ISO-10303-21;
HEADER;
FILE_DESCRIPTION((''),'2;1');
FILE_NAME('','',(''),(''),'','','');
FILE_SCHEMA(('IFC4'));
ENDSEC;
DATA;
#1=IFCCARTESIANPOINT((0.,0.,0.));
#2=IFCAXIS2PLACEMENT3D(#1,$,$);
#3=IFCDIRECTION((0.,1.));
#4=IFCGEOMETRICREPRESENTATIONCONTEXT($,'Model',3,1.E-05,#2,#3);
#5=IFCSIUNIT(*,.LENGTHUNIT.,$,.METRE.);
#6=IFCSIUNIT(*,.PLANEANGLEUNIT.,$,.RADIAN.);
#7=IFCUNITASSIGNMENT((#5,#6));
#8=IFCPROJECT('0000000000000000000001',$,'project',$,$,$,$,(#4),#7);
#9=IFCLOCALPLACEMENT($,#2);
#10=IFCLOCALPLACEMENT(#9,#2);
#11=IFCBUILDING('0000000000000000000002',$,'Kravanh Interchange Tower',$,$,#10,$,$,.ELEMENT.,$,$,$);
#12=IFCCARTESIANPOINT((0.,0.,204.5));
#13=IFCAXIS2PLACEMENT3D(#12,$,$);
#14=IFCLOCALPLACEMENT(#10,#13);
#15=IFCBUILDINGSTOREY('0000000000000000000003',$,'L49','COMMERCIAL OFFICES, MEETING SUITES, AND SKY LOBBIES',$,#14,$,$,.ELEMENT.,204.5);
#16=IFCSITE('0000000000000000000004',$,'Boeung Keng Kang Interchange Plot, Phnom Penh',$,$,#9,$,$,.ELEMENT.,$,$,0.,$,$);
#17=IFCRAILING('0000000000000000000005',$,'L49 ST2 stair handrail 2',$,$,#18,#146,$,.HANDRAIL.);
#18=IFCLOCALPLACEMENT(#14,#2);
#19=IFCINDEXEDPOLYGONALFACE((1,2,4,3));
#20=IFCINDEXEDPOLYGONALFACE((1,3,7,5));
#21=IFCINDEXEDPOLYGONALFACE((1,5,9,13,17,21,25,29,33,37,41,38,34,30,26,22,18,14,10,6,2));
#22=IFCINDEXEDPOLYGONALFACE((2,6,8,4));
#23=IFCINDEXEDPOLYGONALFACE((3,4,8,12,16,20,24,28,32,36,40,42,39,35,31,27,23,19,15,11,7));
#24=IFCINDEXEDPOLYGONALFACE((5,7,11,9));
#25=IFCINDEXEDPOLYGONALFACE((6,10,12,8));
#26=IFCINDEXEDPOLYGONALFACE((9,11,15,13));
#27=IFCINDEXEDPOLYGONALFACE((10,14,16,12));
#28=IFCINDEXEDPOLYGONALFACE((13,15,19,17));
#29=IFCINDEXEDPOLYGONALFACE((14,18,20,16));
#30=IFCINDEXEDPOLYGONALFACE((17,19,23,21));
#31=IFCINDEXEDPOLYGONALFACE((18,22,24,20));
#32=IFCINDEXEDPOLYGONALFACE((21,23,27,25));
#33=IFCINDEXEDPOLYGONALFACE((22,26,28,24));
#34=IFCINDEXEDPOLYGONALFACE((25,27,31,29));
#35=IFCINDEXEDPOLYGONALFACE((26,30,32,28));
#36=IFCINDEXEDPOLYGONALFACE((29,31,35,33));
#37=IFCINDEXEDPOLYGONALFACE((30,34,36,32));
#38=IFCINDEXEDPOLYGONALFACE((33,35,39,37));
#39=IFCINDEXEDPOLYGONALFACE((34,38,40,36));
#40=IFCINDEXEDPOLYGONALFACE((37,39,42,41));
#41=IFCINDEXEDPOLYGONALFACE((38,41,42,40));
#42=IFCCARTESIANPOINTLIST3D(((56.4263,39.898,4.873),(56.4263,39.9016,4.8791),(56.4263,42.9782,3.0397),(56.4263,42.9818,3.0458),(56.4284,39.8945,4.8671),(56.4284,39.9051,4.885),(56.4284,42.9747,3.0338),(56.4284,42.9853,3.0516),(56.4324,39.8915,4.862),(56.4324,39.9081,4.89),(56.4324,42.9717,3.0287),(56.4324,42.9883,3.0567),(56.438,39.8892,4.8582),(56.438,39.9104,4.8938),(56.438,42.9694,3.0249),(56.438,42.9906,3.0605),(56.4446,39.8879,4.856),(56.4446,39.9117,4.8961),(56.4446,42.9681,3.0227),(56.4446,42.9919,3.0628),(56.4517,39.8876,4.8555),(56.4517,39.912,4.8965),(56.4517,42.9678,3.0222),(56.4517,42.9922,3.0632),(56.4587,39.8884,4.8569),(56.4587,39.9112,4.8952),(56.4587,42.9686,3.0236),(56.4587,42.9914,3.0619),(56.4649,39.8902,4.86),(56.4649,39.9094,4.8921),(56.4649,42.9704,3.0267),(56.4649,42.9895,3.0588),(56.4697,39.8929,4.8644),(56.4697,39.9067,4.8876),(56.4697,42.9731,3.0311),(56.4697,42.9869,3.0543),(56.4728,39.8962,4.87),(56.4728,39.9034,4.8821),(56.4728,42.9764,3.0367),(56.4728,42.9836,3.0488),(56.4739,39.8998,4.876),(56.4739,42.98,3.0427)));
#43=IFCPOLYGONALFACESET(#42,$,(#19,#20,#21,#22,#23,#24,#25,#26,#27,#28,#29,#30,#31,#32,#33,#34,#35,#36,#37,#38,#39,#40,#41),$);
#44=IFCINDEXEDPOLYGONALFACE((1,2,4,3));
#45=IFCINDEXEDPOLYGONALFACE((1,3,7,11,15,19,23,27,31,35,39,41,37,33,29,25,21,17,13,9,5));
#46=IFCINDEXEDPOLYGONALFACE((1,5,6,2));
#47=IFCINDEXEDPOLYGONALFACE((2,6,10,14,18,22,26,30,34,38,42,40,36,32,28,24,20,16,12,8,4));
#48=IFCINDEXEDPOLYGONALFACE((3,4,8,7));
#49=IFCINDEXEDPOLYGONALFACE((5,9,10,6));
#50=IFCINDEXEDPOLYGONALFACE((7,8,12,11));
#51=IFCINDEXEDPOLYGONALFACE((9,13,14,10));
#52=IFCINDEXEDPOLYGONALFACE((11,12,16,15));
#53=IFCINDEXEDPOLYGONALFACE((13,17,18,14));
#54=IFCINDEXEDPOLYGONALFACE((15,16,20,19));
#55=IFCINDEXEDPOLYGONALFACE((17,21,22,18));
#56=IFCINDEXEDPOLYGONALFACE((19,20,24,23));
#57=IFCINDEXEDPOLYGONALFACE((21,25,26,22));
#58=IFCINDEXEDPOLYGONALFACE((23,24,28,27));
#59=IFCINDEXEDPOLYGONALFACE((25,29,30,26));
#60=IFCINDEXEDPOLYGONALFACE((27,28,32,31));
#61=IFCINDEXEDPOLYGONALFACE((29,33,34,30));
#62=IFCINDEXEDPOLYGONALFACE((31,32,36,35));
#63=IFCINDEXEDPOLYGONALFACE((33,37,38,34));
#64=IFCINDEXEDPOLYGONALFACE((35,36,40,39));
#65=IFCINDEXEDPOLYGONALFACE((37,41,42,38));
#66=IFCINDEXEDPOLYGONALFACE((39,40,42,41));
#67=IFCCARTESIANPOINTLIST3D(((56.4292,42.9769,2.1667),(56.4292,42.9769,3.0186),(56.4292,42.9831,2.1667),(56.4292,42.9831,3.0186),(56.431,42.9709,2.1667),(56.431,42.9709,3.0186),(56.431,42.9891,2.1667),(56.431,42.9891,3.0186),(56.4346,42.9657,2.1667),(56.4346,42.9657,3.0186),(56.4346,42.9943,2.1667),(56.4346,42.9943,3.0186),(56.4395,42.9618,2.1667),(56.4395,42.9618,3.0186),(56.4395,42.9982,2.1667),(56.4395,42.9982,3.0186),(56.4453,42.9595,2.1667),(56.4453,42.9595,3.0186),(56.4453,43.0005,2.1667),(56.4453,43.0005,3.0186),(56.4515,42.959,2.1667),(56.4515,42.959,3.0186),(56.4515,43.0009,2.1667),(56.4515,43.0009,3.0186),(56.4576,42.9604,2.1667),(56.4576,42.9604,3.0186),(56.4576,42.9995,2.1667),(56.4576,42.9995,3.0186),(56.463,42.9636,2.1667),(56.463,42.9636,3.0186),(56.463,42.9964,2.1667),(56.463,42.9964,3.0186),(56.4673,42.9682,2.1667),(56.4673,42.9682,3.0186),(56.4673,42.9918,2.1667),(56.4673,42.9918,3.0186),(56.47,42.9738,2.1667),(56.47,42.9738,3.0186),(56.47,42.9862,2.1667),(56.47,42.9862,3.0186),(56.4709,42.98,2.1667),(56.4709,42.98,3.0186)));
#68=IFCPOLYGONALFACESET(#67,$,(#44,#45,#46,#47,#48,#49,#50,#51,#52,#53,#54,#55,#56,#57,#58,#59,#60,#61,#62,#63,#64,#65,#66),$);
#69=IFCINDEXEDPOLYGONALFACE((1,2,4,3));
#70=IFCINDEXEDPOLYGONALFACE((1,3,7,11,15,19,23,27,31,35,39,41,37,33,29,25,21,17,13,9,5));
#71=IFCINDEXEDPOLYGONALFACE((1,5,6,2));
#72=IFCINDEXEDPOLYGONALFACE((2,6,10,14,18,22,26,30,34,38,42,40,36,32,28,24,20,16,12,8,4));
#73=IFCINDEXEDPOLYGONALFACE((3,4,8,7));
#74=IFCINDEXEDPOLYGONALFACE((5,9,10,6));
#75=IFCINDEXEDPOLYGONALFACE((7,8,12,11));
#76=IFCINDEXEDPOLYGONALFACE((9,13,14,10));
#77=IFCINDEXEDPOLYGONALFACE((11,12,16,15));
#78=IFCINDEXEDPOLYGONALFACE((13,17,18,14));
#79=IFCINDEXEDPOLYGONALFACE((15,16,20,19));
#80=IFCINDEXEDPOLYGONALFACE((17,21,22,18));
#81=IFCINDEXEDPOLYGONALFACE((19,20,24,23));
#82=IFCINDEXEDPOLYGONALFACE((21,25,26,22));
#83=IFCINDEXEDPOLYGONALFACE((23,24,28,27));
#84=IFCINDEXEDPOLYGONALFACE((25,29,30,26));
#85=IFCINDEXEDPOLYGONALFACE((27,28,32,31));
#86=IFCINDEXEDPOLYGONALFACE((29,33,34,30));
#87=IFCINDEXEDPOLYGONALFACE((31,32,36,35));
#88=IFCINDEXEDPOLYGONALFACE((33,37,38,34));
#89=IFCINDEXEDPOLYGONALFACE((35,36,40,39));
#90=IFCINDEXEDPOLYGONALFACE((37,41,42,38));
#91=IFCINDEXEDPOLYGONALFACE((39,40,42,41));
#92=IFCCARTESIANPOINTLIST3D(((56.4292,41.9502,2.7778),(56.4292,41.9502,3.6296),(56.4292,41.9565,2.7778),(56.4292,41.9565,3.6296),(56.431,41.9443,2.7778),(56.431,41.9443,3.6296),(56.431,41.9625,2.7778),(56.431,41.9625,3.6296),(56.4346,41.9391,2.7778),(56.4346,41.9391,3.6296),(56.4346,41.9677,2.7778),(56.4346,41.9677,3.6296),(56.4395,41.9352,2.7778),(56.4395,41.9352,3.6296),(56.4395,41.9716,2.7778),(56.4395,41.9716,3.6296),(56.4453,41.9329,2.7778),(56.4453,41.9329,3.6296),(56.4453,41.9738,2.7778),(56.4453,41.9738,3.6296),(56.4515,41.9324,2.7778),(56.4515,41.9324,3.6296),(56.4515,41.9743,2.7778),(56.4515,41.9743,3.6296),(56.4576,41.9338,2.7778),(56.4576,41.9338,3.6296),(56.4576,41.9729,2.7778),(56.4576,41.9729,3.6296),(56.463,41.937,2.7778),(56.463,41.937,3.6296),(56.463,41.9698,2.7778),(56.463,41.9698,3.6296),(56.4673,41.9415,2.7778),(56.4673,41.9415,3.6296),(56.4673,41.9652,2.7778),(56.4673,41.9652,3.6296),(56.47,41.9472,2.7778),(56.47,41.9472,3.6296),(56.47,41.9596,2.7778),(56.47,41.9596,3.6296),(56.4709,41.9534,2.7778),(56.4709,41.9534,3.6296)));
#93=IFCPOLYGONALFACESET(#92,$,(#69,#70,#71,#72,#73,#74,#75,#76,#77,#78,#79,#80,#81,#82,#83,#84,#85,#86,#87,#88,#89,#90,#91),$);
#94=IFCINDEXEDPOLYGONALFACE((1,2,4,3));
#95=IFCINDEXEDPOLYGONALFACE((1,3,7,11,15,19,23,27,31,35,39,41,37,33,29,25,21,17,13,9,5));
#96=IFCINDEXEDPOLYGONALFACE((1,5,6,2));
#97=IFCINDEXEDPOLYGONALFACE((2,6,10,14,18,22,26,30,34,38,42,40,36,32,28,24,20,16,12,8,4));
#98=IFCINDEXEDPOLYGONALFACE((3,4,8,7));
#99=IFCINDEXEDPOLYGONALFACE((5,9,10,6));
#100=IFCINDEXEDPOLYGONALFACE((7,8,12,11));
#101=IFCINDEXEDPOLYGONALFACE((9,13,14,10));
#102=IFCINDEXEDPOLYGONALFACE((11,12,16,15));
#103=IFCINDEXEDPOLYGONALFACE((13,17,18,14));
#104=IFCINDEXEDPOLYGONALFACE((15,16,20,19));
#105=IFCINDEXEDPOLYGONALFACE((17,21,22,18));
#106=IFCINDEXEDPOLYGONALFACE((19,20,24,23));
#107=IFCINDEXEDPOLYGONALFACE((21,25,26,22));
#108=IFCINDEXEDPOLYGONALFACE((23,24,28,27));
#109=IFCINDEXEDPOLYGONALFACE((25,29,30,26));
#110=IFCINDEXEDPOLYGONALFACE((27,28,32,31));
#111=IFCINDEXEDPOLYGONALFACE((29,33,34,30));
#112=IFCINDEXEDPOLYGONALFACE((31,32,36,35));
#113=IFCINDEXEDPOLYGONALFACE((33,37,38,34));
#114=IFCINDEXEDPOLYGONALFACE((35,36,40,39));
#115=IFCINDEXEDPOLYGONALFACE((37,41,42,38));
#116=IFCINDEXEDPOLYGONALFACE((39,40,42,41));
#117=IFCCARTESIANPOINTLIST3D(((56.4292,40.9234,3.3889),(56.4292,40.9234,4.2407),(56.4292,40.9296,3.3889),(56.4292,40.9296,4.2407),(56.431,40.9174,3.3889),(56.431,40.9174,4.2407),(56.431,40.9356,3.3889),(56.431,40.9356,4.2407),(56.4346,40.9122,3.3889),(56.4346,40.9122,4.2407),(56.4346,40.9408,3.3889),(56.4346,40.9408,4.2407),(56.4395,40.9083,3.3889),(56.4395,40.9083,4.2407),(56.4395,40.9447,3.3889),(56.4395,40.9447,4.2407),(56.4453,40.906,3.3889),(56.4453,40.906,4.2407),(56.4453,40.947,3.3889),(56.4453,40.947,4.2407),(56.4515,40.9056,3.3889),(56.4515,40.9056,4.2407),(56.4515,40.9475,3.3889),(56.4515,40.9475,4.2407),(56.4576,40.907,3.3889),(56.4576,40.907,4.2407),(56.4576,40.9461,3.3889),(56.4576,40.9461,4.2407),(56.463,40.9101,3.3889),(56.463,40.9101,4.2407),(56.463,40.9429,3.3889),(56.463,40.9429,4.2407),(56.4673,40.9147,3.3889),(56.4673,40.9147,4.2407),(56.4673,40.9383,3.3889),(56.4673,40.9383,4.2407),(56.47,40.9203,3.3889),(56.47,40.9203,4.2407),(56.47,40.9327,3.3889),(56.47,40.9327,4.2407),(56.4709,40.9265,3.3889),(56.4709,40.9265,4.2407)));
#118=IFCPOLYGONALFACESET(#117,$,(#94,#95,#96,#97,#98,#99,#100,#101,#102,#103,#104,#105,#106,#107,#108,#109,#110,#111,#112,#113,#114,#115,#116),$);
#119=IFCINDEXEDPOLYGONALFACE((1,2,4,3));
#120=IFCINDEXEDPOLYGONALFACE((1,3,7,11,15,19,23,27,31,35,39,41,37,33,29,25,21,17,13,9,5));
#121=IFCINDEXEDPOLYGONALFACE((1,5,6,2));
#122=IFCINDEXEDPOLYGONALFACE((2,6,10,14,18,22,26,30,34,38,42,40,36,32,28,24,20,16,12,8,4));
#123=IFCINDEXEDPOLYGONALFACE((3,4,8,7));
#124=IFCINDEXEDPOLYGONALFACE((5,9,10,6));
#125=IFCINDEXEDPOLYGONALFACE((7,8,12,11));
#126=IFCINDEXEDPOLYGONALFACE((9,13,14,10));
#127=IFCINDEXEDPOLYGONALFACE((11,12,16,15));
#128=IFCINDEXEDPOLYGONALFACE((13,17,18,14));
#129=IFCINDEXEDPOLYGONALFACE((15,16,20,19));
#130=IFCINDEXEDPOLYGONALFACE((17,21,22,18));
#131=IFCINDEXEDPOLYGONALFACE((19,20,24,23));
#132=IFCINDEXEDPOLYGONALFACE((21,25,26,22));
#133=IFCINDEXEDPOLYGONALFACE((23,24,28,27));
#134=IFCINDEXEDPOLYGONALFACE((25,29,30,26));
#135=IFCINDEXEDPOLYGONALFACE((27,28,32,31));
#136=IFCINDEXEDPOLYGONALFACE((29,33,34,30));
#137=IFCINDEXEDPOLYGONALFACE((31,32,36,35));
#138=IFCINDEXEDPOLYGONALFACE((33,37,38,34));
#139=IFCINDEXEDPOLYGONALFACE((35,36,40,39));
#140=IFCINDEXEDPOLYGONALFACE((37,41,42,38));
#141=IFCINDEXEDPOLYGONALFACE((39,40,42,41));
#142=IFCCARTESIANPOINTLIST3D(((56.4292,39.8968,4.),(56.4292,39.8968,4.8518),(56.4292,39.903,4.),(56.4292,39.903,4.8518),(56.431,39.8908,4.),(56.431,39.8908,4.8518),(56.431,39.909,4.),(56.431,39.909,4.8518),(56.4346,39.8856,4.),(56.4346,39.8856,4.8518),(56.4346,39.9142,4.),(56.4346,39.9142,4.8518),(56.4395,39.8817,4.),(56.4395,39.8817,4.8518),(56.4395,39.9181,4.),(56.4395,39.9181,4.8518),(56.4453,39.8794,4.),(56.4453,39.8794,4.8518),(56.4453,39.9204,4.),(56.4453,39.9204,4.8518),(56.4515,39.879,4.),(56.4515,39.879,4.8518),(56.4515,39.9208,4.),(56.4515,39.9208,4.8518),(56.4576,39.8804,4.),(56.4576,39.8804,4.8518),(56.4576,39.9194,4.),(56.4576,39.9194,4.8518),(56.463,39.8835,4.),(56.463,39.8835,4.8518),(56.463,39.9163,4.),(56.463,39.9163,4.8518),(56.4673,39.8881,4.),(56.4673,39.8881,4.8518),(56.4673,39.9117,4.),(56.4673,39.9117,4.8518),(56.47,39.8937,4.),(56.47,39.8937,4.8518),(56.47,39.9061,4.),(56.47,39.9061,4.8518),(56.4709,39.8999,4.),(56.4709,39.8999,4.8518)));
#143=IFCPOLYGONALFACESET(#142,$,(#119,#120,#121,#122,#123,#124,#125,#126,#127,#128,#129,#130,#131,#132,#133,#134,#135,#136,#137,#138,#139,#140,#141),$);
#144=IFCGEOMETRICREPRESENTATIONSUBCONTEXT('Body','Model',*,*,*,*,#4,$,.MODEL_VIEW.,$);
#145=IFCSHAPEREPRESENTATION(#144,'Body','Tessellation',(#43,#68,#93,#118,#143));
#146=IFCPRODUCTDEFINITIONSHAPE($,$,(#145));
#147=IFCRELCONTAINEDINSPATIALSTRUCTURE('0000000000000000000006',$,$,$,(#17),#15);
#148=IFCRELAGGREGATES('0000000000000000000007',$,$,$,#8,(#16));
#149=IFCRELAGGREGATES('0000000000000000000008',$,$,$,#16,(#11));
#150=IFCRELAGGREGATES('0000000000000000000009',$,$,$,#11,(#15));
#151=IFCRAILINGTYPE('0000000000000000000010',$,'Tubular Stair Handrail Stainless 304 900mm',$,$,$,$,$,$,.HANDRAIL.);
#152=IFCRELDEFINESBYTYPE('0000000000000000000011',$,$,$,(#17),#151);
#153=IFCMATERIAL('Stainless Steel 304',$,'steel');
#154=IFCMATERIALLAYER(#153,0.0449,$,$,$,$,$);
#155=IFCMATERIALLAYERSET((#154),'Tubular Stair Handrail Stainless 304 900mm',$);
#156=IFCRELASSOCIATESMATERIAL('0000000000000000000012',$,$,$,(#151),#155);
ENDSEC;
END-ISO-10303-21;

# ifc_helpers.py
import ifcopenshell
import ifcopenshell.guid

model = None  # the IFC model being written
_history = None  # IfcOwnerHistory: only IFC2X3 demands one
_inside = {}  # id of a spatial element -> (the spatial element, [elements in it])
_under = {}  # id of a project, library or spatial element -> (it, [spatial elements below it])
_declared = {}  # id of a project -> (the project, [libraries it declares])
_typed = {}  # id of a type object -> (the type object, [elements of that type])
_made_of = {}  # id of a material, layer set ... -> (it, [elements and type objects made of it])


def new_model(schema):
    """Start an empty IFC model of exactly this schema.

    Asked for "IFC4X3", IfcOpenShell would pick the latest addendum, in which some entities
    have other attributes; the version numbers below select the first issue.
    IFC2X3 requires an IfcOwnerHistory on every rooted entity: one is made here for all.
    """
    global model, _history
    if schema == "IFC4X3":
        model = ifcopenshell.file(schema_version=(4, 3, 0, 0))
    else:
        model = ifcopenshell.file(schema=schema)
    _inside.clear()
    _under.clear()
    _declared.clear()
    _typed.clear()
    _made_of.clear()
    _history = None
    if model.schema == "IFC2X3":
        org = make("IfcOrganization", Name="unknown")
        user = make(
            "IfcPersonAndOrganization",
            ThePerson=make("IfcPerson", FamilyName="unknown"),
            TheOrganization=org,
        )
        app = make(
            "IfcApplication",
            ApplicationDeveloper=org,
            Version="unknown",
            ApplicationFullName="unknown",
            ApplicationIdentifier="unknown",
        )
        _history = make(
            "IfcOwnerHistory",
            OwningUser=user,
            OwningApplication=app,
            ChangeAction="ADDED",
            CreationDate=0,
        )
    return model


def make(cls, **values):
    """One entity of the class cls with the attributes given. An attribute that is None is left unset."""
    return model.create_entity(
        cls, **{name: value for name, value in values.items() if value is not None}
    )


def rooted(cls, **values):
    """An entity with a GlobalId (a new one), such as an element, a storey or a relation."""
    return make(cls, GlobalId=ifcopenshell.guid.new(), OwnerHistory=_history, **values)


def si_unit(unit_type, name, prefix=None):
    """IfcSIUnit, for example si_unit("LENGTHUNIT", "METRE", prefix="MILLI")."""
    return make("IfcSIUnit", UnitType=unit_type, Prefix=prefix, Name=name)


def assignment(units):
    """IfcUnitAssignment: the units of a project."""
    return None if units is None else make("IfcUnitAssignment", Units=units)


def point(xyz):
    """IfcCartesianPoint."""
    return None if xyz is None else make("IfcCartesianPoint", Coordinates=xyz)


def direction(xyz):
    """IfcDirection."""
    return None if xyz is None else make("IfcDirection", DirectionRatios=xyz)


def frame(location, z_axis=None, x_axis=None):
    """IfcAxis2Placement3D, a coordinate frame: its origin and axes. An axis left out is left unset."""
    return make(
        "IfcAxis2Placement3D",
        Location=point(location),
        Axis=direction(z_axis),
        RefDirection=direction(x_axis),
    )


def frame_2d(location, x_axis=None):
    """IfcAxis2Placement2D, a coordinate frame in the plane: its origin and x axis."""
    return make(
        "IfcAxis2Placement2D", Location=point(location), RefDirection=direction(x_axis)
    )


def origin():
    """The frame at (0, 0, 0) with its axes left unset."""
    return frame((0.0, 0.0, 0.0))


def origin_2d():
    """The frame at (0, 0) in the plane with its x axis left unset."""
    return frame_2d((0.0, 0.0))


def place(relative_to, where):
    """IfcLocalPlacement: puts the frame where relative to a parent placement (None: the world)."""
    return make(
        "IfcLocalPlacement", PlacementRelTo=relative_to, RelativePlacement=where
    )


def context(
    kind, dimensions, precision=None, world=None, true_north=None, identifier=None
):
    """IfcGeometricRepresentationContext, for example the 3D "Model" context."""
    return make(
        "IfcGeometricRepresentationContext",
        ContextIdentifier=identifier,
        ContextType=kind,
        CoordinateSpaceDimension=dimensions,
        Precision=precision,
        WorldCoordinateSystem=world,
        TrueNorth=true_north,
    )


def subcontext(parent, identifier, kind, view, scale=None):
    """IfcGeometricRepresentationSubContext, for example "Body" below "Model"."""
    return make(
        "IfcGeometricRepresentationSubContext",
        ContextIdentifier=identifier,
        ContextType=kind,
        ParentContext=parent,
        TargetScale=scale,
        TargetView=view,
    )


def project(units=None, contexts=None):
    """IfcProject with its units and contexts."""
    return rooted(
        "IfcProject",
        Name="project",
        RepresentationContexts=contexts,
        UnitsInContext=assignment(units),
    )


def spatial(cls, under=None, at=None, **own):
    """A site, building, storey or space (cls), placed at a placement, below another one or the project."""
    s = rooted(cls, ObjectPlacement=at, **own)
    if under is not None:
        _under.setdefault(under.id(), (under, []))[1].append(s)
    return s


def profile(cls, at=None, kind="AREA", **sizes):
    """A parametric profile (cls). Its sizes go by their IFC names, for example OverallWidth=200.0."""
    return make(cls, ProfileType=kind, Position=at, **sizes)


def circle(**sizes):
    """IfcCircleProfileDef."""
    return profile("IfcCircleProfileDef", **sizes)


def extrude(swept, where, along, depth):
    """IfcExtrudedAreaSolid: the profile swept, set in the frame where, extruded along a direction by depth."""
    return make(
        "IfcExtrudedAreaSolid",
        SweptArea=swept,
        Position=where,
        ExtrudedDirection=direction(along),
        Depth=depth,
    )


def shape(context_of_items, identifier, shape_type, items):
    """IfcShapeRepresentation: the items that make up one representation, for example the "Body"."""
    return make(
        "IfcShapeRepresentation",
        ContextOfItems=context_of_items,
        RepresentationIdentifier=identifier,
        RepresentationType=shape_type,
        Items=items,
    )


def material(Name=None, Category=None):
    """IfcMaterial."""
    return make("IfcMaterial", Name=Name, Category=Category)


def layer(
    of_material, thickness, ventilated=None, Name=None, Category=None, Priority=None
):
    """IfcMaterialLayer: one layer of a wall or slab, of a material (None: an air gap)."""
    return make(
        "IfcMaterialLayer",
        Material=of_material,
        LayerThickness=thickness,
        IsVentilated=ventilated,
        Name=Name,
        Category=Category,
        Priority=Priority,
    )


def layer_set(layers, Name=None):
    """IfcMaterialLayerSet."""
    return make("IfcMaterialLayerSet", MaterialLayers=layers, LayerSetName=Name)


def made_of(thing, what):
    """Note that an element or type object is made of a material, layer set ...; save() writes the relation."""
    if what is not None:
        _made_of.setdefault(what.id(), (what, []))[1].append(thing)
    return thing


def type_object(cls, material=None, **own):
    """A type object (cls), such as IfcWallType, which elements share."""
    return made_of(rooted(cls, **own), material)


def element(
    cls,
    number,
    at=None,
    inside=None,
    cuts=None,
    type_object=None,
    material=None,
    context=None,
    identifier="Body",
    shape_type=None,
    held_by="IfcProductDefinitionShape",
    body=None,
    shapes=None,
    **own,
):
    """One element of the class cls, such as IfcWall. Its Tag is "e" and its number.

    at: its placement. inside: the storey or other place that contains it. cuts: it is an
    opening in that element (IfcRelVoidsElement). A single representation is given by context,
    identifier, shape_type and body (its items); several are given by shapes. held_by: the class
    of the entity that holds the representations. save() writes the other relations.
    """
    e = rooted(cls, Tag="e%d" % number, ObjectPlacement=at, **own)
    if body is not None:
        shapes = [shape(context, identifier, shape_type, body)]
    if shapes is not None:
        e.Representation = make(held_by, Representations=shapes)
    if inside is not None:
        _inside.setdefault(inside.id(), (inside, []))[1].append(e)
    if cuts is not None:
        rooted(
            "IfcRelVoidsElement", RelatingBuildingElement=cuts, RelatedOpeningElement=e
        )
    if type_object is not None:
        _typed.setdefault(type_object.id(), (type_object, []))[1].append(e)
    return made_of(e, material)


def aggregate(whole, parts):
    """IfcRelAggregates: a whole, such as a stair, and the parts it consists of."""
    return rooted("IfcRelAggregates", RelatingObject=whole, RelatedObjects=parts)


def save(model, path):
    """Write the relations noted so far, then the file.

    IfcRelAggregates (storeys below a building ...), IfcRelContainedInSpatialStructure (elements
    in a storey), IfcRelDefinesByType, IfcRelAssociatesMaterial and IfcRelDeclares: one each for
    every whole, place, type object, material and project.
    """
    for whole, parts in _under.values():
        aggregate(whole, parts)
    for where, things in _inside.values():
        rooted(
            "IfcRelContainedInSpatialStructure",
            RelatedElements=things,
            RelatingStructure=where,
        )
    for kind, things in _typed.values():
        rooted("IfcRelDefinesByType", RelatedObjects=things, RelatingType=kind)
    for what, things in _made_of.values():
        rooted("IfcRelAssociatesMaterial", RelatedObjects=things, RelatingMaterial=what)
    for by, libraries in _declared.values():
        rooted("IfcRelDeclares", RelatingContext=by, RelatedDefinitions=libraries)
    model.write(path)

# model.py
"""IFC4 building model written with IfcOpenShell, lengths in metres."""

from ifc_helpers import new_model, si_unit, direction, frame, origin, origin_2d, place, context, subcontext, project, spatial, circle, extrude, material, layer, layer_set, type_object, element, save


model = new_model("IFC4")

# Units and contexts
model_context = context("Model", 3, precision=1e-05, world=origin(), true_north=direction((0.0, 1.0)))
body_context = subcontext(model_context, "Body", "Model", "MODEL_VIEW")
ifc_project = project(units=[si_unit("LENGTHUNIT", "METRE"), si_unit("PLANEANGLEUNIT", "RADIAN")], contexts=[model_context])

# Site, building, storey
site_placement = place(None, origin())
site = spatial("IfcSite", under=ifc_project, at=site_placement, Name="Boeung Keng Kang Interchange Plot, Phnom Penh", CompositionType="ELEMENT", RefElevation=0.0)
building_placement = place(site_placement, origin())
building = spatial("IfcBuilding", under=site, at=building_placement, Name="Kravanh Interchange Tower", CompositionType="ELEMENT")
storey_placement = place(building_placement, frame((0.0, 0.0, 204.5)))
storey = spatial("IfcBuildingStorey", under=building, at=storey_placement, Name="L49", Description="COMMERCIAL OFFICES, MEETING SUITES, AND SKY LOBBIES", CompositionType="ELEMENT", Elevation=204.5)

# Railing
ifc_material_1 = material(Name="Stainless Steel 304", Category="steel")
ifc_layer_1 = layer(ifc_material_1, 0.0449)
ifc_layer_set_1 = layer_set([ifc_layer_1], Name="Tubular Stair Handrail Stainless 304 900mm")
railing_type_1 = type_object("IfcRailingType", Name="Tubular Stair Handrail Stainless 304 900mm", PredefinedType="HANDRAIL", material=ifc_layer_set_1)
railing_1_placement = place(storey_placement, frame((56.45, 42.98, 2.1667)))
element("IfcRailing", 1, at=railing_1_placement, inside=storey, type_object=railing_type_1, Name="L49 ST2 stair handrail 2", PredefinedType="HANDRAIL", context=body_context, shape_type="SweptSolid", body=[
    extrude(circle(Radius=0.0239, at=origin_2d()), frame((0.0, 0.0, 0.876), z_axis=(0.0, -0.859309, 0.511458), x_axis=(1.0, 0.0, 0.0)), (0.0, 0.0, 1.0), 3.5845),
    extrude(circle(Radius=0.021, at=origin_2d()), origin(), (0.0, 0.0, 1.0), 0.8518),
    extrude(circle(Radius=0.021, at=origin_2d()), frame((0.0, -1.0266, 0.6111)), (0.0, 0.0, 1.0), 0.8518),
    extrude(circle(Radius=0.021, at=origin_2d()), frame((0.0, -2.0535, 1.2222)), (0.0, 0.0, 1.0), 0.8518),
    extrude(circle(Radius=0.021, at=origin_2d()), frame((0.0, -3.0801, 1.8333)), (0.0, 0.0, 1.0), 0.8518),
])

save(model, "model.ifc")
